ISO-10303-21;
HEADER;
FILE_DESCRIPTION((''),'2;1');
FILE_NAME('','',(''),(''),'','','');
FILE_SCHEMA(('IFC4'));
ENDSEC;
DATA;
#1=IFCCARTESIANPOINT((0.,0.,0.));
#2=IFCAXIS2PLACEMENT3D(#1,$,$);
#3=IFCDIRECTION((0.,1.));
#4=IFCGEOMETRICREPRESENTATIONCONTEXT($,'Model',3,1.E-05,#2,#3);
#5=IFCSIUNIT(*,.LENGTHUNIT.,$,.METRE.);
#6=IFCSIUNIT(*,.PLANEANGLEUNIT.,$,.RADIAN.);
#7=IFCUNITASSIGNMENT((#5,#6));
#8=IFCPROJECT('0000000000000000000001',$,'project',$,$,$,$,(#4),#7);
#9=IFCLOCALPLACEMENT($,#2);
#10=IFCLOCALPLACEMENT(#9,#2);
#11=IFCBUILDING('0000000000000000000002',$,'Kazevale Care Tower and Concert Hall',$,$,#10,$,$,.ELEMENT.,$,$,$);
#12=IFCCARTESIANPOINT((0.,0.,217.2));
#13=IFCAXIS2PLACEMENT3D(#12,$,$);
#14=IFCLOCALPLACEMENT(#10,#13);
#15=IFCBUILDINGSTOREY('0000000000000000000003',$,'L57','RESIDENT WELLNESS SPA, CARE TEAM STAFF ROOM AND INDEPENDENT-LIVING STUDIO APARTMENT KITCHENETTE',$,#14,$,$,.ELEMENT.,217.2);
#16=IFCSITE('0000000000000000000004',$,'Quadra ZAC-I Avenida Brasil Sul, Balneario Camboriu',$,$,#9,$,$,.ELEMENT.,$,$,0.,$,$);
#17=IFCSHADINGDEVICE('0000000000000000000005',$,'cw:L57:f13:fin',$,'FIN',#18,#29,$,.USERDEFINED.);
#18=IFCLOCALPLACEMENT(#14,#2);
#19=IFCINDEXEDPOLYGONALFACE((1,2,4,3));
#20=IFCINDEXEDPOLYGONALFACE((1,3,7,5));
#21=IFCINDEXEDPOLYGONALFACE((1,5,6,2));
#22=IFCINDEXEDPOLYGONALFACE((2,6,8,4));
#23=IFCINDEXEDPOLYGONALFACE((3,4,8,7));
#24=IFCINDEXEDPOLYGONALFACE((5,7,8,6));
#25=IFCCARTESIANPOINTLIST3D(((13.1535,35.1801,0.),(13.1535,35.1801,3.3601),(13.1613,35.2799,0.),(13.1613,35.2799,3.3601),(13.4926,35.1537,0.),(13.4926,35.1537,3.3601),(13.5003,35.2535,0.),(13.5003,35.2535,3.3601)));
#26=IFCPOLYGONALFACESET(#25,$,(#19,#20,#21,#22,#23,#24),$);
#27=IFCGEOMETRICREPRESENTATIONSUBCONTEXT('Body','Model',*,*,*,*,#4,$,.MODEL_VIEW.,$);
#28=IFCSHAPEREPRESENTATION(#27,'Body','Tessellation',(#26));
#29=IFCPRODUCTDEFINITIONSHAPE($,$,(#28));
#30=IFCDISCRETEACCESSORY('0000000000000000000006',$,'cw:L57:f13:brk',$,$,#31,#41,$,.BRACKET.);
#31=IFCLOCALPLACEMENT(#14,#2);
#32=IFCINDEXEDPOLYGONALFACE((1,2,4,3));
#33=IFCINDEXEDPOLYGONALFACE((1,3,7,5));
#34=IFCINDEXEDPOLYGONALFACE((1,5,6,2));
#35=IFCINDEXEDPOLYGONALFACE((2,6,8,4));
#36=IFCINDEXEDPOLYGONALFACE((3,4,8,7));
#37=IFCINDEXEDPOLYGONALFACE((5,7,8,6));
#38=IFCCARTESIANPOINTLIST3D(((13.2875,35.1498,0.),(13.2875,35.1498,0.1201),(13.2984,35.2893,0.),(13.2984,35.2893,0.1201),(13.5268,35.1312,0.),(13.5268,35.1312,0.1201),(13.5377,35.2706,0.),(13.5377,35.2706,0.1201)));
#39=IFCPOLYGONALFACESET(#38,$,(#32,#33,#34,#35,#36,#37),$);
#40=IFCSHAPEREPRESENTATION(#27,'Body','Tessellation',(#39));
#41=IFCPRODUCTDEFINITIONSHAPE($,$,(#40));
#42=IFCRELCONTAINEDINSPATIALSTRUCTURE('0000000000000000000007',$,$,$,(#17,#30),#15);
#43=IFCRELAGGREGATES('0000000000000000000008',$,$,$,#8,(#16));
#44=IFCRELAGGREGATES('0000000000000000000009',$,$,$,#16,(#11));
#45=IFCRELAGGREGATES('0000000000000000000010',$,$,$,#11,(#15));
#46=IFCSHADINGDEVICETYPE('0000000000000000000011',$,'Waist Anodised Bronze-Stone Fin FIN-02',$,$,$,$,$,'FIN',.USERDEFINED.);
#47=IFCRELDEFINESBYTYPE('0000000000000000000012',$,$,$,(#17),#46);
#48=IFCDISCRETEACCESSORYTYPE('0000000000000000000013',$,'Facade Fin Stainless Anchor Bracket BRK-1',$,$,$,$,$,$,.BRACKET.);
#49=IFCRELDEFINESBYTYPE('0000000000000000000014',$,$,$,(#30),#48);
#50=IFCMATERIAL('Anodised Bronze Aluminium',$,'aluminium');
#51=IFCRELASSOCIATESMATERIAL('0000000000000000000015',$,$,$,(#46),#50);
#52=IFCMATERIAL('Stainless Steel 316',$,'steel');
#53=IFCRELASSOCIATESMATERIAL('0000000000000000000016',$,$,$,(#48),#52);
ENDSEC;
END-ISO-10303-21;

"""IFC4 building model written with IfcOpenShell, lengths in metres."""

from ifc_helpers import new_model, si_unit, direction, frame, origin, origin_2d, place, context, subcontext, project, spatial, rectangle, extrude, material, type_object, element, save


model = new_model("IFC4")

# Units and contexts
model_context = context("Model", 3, precision=1e-05, world=origin(), true_north=direction((0.0, 1.0)))
body_context = subcontext(model_context, "Body", "Model", "MODEL_VIEW")
ifc_project = project(units=[si_unit("LENGTHUNIT", "METRE"), si_unit("PLANEANGLEUNIT", "RADIAN")], contexts=[model_context])

# Site, building, storey
site_placement = place(None, origin())
site = spatial("IfcSite", under=ifc_project, at=site_placement, Name="Quadra ZAC-I Avenida Brasil Sul, Balneario Camboriu", CompositionType="ELEMENT", RefElevation=0.0)
building_placement = place(site_placement, origin())
building = spatial("IfcBuilding", under=site, at=building_placement, Name="Kazevale Care Tower and Concert Hall", CompositionType="ELEMENT")
storey_placement = place(building_placement, frame((0.0, 0.0, 217.2)))
storey = spatial("IfcBuildingStorey", under=building, at=storey_placement, Name="L57", Description="RESIDENT WELLNESS SPA, CARE TEAM STAFF ROOM AND INDEPENDENT-LIVING STUDIO APARTMENT KITCHENETTE", CompositionType="ELEMENT", Elevation=217.2)

# Shading device
ifc_material_1 = material(Name="Anodised Bronze Aluminium", Category="aluminium")
shading_device_type = type_object("IfcShadingDeviceType", Name="Waist Anodised Bronze-Stone Fin FIN-02", ElementType="FIN", PredefinedType="USERDEFINED", material=ifc_material_1)
shading_device_placement = place(storey_placement, frame((13.3269, 35.2168, 0.0), z_axis=(0.0, 0.0, 1.0), x_axis=(-0.996985, 0.077589, 0.0)))
element("IfcShadingDevice", 1, at=shading_device_placement, inside=storey, type_object=shading_device_type, Name="cw:L57:f13:fin", ObjectType="FIN", PredefinedType="USERDEFINED", context=body_context, shape_type="SweptSolid", body=[
    extrude(rectangle(XDim=0.3401, YDim=0.1001, at=origin_2d()), origin(), (0.0, 0.0, 1.0), 3.3601),
])

# Discrete accessory
ifc_material_2 = material(Name="Stainless Steel 316", Category="steel")
discrete_accessory_type = type_object("IfcDiscreteAccessoryType", Name="Facade Fin Stainless Anchor Bracket BRK-1", PredefinedType="BRACKET", material=ifc_material_2)
discrete_accessory_placement = place(storey_placement, frame((13.4126, 35.2102, 0.0), z_axis=(0.0, 0.0, 1.0), x_axis=(-0.996985, 0.077589, 0.0)))
element("IfcDiscreteAccessory", 2, at=discrete_accessory_placement, inside=storey, type_object=discrete_accessory_type, Name="cw:L57:f13:brk", PredefinedType="BRACKET", context=body_context, shape_type="SweptSolid", body=[
    extrude(rectangle(XDim=0.24, YDim=0.1399, at=origin_2d()), origin(), (0.0, 0.0, 1.0), 0.1201),
])

save(model, "model.ifc")
